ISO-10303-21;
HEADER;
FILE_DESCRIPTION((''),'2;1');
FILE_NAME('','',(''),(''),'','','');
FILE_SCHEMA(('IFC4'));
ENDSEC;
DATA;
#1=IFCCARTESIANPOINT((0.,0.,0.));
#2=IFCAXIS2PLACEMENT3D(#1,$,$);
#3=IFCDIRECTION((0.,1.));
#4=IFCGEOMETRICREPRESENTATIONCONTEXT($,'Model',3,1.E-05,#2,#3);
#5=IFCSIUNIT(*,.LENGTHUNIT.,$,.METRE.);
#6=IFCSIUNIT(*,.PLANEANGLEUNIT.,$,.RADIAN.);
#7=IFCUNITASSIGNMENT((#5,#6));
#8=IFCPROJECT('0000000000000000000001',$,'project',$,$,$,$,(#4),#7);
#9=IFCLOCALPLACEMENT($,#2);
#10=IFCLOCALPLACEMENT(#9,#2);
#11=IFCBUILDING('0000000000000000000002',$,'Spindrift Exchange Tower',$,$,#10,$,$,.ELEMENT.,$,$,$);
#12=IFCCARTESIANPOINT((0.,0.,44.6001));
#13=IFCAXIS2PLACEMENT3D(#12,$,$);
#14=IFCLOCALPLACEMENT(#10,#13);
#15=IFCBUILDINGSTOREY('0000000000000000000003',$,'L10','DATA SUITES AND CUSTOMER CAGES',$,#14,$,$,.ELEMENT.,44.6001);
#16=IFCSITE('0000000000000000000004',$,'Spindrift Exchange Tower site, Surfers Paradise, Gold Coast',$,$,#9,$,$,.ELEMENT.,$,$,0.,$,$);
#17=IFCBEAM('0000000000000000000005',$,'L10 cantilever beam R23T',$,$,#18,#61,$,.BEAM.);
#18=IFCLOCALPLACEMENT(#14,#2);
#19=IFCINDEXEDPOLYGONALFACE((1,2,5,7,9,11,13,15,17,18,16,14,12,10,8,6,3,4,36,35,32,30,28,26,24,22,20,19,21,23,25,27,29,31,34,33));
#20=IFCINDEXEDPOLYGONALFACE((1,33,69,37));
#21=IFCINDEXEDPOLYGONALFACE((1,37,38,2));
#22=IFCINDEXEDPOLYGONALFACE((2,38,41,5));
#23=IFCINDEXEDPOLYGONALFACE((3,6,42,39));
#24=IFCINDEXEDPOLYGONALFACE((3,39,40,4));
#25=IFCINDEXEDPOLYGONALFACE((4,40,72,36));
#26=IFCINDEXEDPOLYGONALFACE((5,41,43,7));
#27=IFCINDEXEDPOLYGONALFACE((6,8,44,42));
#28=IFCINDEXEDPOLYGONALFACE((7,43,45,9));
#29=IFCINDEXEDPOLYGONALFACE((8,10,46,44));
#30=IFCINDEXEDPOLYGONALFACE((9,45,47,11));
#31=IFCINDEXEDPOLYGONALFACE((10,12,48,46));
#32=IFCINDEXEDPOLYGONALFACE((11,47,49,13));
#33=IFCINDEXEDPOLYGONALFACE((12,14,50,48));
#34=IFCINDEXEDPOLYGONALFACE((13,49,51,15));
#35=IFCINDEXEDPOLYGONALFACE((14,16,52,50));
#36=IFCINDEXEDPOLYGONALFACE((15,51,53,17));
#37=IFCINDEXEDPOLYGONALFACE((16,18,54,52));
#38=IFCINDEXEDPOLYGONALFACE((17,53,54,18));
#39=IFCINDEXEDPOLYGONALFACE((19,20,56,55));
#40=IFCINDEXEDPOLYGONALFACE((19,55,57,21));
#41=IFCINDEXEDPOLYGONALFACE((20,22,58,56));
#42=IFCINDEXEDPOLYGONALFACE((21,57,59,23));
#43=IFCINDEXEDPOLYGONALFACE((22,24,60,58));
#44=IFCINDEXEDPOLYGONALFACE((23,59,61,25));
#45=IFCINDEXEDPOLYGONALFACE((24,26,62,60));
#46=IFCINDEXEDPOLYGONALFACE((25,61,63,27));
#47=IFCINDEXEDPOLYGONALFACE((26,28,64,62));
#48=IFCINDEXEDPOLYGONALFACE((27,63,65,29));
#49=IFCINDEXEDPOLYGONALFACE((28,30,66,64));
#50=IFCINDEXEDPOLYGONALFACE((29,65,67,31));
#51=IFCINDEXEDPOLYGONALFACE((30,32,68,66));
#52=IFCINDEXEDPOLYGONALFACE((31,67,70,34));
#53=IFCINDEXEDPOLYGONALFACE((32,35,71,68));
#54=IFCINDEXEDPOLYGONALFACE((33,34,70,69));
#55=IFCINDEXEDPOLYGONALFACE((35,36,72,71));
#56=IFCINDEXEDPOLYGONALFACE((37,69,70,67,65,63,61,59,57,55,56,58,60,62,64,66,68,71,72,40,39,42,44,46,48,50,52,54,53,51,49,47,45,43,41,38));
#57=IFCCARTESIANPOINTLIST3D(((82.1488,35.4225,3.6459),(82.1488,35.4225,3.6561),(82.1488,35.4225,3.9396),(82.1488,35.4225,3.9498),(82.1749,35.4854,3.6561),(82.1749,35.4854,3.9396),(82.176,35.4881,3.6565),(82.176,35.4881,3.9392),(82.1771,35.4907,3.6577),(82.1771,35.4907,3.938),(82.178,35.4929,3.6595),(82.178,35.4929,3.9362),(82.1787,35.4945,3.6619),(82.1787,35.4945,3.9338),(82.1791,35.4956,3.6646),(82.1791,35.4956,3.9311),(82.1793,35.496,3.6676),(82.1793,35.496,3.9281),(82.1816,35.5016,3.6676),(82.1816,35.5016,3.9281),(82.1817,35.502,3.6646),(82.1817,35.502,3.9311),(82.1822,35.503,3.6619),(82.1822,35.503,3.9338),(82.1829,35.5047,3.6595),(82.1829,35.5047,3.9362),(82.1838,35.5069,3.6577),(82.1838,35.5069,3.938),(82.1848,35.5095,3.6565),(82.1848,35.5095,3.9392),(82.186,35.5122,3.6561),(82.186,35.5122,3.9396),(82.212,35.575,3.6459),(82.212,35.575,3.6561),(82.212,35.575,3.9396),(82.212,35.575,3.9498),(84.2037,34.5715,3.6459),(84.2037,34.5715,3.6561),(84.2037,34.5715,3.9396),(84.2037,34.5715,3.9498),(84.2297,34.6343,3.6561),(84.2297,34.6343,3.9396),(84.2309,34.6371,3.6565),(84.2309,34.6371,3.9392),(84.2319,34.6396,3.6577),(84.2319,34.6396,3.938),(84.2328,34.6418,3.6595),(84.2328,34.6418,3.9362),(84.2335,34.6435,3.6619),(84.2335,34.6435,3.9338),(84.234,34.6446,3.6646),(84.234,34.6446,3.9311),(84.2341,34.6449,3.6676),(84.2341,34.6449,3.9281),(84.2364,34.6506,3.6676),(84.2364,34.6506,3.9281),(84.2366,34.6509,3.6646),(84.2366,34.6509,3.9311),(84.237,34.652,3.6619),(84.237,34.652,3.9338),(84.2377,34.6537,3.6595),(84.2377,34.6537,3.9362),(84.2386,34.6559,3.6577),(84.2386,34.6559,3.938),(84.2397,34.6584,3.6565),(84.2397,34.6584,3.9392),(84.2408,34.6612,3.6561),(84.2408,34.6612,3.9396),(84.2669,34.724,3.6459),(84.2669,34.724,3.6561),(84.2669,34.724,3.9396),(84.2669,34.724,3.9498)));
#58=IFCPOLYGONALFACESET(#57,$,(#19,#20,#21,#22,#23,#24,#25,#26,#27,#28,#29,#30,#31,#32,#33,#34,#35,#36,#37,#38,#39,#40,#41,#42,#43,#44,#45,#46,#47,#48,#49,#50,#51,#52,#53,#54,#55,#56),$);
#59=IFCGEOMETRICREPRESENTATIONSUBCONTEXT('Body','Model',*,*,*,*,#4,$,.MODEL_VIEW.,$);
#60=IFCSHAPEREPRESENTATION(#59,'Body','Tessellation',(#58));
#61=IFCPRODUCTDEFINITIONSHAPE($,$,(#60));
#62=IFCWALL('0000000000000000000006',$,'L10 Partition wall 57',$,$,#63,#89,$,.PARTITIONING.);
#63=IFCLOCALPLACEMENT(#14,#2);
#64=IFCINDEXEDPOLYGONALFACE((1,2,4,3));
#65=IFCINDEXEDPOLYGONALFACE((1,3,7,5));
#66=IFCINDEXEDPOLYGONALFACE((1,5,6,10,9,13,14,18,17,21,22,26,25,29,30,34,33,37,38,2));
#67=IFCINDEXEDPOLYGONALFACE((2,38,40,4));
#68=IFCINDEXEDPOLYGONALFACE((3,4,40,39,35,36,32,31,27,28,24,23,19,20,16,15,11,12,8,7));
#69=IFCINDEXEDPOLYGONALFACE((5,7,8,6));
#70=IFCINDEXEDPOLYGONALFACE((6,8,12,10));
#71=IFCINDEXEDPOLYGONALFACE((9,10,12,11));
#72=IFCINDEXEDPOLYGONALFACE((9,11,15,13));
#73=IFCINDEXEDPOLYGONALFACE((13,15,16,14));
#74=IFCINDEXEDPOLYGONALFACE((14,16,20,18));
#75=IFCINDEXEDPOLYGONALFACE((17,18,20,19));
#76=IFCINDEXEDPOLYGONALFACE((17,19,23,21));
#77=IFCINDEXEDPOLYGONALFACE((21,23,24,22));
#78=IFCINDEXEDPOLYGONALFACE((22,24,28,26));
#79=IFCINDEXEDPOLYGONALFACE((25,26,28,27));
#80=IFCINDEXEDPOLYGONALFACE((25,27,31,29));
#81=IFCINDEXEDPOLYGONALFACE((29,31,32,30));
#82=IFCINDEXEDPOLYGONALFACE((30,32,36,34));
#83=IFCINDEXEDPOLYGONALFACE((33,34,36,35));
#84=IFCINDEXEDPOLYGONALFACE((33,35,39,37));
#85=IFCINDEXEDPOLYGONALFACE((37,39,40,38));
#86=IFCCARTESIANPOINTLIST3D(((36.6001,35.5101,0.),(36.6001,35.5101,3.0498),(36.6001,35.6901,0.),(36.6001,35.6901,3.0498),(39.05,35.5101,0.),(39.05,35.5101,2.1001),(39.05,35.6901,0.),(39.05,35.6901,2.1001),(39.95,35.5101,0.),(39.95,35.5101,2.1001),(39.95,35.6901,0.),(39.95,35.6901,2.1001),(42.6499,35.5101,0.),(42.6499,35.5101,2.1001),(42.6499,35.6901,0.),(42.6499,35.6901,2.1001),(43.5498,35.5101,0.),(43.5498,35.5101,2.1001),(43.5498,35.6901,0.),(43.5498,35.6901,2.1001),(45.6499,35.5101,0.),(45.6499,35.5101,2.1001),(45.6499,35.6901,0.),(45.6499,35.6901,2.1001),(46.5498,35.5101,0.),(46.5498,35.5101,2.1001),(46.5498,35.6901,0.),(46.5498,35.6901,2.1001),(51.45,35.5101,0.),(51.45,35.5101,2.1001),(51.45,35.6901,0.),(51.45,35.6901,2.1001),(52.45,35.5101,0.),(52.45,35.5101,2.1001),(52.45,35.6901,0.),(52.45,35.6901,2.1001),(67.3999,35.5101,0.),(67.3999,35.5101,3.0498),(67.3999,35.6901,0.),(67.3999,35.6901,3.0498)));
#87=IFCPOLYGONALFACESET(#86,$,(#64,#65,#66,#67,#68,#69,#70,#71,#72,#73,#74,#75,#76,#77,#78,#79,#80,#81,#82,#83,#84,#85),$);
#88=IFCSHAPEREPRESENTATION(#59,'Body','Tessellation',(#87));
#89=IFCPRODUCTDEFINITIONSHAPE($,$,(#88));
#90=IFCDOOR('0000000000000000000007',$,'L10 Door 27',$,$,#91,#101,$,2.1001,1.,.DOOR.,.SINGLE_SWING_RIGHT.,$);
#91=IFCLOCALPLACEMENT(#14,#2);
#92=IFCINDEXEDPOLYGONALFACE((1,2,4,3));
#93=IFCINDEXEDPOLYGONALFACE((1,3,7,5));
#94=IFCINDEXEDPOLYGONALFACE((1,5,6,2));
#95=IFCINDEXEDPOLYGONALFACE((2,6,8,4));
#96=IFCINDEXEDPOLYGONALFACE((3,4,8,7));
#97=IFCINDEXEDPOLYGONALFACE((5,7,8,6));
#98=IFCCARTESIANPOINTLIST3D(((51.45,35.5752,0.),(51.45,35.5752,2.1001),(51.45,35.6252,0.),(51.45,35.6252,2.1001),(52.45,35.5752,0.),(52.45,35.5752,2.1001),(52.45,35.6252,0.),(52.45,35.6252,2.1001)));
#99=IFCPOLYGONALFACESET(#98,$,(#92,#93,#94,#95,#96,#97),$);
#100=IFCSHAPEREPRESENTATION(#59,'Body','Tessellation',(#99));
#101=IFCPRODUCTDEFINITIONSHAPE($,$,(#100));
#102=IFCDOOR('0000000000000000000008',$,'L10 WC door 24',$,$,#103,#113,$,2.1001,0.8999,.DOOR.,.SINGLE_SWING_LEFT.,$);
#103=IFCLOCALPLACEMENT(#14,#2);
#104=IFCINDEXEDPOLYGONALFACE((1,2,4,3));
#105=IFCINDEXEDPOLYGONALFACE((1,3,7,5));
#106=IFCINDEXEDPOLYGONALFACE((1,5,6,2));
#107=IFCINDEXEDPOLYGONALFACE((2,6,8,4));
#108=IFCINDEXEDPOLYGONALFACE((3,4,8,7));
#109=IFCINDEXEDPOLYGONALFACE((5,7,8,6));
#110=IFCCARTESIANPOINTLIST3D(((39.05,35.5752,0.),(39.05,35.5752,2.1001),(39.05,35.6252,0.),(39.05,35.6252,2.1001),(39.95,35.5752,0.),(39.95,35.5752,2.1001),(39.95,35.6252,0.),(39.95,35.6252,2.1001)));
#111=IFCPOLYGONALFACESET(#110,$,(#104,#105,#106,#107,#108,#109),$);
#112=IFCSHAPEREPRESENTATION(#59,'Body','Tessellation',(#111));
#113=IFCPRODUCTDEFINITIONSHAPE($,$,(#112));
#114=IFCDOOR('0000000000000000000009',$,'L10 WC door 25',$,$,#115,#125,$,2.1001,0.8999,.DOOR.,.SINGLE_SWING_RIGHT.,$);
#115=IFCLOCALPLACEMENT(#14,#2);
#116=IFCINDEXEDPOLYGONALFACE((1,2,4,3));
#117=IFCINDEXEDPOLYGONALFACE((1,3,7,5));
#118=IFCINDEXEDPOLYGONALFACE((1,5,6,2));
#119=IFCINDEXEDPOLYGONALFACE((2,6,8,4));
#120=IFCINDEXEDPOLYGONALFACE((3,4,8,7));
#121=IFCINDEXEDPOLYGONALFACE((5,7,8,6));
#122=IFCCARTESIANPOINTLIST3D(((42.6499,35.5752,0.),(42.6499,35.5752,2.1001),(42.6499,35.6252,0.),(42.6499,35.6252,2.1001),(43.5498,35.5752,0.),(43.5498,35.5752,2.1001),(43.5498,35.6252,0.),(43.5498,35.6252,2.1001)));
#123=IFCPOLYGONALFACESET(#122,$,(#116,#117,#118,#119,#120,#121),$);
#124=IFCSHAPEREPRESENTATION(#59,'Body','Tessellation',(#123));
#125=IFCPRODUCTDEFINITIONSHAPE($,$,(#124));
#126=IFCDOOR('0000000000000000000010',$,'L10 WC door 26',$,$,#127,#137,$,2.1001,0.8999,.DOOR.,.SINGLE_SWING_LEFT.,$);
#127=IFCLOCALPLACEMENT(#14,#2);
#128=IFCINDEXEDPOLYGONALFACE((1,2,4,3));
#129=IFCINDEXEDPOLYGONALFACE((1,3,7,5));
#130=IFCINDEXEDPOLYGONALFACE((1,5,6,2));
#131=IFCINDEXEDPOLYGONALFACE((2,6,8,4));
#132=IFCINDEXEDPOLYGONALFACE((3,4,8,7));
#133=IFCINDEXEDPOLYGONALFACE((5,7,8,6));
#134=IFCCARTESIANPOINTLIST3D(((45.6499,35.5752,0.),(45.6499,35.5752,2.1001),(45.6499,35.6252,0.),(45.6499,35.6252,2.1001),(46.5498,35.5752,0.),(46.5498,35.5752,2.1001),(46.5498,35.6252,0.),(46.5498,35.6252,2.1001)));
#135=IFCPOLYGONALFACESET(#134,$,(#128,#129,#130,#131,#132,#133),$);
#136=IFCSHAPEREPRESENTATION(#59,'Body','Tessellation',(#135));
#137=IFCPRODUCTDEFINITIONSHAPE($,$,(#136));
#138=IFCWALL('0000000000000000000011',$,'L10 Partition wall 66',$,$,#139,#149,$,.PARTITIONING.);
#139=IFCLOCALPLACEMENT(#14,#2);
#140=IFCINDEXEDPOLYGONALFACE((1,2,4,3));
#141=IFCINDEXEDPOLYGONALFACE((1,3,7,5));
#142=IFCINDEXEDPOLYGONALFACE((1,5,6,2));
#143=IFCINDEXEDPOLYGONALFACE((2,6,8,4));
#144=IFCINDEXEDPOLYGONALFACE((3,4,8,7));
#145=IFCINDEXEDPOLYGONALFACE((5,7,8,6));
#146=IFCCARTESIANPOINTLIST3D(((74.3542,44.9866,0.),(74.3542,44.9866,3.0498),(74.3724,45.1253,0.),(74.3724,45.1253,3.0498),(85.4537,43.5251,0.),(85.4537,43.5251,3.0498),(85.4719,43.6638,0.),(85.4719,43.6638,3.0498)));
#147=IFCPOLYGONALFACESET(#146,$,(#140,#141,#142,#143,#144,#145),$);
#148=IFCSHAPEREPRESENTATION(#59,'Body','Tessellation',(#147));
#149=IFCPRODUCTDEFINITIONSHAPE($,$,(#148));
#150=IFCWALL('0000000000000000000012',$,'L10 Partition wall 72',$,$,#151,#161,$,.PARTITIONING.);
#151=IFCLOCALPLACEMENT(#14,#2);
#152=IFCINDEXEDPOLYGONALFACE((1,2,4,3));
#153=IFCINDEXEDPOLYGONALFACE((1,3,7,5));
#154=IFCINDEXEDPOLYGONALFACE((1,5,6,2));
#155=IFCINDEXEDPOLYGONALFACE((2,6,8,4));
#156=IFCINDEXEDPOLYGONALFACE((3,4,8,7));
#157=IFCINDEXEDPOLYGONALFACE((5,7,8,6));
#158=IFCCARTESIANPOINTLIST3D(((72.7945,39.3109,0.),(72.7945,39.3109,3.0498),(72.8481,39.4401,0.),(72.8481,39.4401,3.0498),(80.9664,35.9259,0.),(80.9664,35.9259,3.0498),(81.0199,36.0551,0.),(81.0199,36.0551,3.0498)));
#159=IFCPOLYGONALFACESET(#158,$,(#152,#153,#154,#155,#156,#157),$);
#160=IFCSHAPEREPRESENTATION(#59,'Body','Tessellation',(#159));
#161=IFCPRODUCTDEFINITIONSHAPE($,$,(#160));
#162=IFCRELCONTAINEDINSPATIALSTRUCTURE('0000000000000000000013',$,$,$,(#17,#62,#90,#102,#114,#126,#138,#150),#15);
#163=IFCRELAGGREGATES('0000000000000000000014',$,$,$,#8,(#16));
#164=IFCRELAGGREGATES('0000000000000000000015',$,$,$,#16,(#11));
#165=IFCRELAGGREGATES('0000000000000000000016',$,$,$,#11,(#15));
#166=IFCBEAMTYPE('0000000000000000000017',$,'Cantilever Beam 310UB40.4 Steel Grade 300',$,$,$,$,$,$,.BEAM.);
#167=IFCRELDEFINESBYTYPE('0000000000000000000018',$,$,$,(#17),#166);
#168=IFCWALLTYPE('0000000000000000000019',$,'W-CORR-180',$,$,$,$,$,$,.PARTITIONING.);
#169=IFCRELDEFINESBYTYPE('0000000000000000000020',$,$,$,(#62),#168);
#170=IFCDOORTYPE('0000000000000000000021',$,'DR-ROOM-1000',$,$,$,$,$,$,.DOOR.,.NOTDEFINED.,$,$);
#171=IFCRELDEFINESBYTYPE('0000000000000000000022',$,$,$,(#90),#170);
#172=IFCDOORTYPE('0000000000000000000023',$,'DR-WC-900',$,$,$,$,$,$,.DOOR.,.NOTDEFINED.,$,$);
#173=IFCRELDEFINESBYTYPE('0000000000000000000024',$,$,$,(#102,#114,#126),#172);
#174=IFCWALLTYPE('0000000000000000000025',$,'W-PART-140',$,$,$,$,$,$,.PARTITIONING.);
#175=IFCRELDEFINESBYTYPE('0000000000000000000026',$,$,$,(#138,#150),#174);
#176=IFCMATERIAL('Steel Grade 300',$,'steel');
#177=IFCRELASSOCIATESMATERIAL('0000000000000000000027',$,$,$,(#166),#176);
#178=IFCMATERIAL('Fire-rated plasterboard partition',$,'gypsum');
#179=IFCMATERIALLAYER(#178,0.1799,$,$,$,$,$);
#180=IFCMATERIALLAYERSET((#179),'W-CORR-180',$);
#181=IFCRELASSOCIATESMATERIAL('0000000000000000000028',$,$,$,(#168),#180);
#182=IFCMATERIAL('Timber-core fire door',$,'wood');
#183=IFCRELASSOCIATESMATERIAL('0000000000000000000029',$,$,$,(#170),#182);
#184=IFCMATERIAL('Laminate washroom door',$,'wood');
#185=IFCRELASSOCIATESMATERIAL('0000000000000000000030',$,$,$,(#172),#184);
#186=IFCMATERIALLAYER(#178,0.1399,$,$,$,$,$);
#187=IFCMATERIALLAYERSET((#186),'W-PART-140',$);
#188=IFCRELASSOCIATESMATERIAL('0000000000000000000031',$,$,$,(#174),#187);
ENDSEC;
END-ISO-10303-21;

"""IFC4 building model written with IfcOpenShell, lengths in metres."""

from ifc_helpers import new_model, si_unit, direction, frame, frame_2d, origin, origin_2d, place, context, subcontext, project, spatial, rectangle, i_section, extrude, source, transform, mapped, material, layer, layer_set, material_profile, profile_set, type_object, element, fill, save


model = new_model("IFC4")

# Units and contexts
model_context = context("Model", 3, precision=1e-05, world=origin(), true_north=direction((0.0, 1.0)))
body_context = subcontext(model_context, "Body", "Model", "MODEL_VIEW")
ifc_project = project(units=[si_unit("LENGTHUNIT", "METRE"), si_unit("PLANEANGLEUNIT", "RADIAN")], contexts=[model_context])

# Site, building, storey
site_placement = place(None, origin())
site = spatial("IfcSite", under=ifc_project, at=site_placement, Name="Spindrift Exchange Tower site, Surfers Paradise, Gold Coast", CompositionType="ELEMENT", RefElevation=0.0)
building_placement = place(site_placement, origin())
building = spatial("IfcBuilding", under=site, at=building_placement, Name="Spindrift Exchange Tower", CompositionType="ELEMENT")
storey_placement = place(building_placement, frame((0.0, 0.0, 44.6001)))
storey = spatial("IfcBuildingStorey", under=building, at=storey_placement, Name="L10", Description="DATA SUITES AND CUSTOMER CAGES", CompositionType="ELEMENT", Elevation=44.6001)

# Beam
ifc_material_1 = material(Name="Steel Grade 300", Category="steel")
ifc_material_profile_1 = material_profile(ifc_material_1, i_section(OverallWidth=0.165, OverallDepth=0.304, WebThickness=0.0061, FlangeThickness=0.0103, FilletRadius=0.0115, at=origin_2d()), Name="310UB40.4")
ifc_profile_set_1 = profile_set([ifc_material_profile_1], Name="Steel Grade 300")
beam_type_1 = type_object("IfcBeamType", Name="Cantilever Beam 310UB40.4 Steel Grade 300", PredefinedType="BEAM", material=ifc_profile_set_1)
shared_shape_1 = source(origin(), body_context, "Body", "SweptSolid", [
    extrude(i_section(OverallWidth=0.165, OverallDepth=0.304, WebThickness=0.0061, FlangeThickness=0.0103, FilletRadius=0.0115, at=origin_2d()), origin(), (0.0, 0.0, 1.0), 2.2241),
])
beam_1_placement = place(storey_placement, frame((82.1804, 35.4988, 3.7979), z_axis=(0.923896, -0.382643, 0.0), x_axis=(0.382643, 0.923896, 0.0)))
element("IfcBeam", 1, at=beam_1_placement, inside=storey, type_object=beam_type_1, Name="L10 cantilever beam R23T", PredefinedType="BEAM", context=body_context, shape_type="MappedRepresentation", body=[
    mapped(shared_shape_1, transform((0.0, 0.0, 0.0), scale=1.0)),
])

# Wall, openings, doors
ifc_material_2 = material(Name="Fire-rated plasterboard partition", Category="gypsum")
ifc_layer_1 = layer(ifc_material_2, 0.1799)
ifc_layer_set_1 = layer_set([ifc_layer_1], Name="W-CORR-180")
wall_type_1 = type_object("IfcWallType", Name="W-CORR-180", PredefinedType="PARTITIONING", material=ifc_layer_set_1)
wall_1_placement = place(storey_placement, frame((67.3999, 35.6001, 0.0), z_axis=(0.0, 0.0, 1.0), x_axis=(-1.0, 0.0, 0.0)))
wall_1 = element("IfcWall", 2, at=wall_1_placement, inside=storey, type_object=wall_type_1, Name="L10 Partition wall 57", PredefinedType="PARTITIONING", context=body_context, shape_type="SweptSolid", body=[
    extrude(rectangle(XDim=30.7998, YDim=0.1799, at=frame_2d((15.3999, 0.0))), origin(), (0.0, 0.0, 1.0), 3.0498),
])
opening_1_placement = place(wall_1_placement, frame((27.45, 0.0, 0.0)))
opening_1 = element("IfcOpeningElement", 3, at=opening_1_placement, cuts=wall_1, PredefinedType="OPENING", context=body_context, shape_type="SweptSolid", body=[
    extrude(rectangle(XDim=0.8999, YDim=2.1001, at=frame_2d((0.45, 1.05))), frame((0.0, 0.0999, 0.0), z_axis=(0.0, -1.0, 0.0), x_axis=(1.0, 0.0, 0.0)), (0.0, 0.0, 1.0), 0.2),
])
opening_2_placement = place(wall_1_placement, frame((23.8501, 0.0, 0.0)))
opening_2 = element("IfcOpeningElement", 4, at=opening_2_placement, cuts=wall_1, PredefinedType="OPENING", context=body_context, shape_type="SweptSolid", body=[
    extrude(rectangle(XDim=0.8999, YDim=2.1001, at=frame_2d((0.45, 1.05))), frame((0.0, 0.0999, 0.0), z_axis=(0.0, -1.0, 0.0), x_axis=(1.0, 0.0, 0.0)), (0.0, 0.0, 1.0), 0.2),
])
opening_3_placement = place(wall_1_placement, frame((20.8501, 0.0, 0.0)))
opening_3 = element("IfcOpeningElement", 5, at=opening_3_placement, cuts=wall_1, PredefinedType="OPENING", context=body_context, shape_type="SweptSolid", body=[
    extrude(rectangle(XDim=0.8999, YDim=2.1001, at=frame_2d((0.45, 1.05))), frame((0.0, 0.0999, 0.0), z_axis=(0.0, -1.0, 0.0), x_axis=(1.0, 0.0, 0.0)), (0.0, 0.0, 1.0), 0.2),
])
opening_4_placement = place(wall_1_placement, frame((14.95, 0.0, 0.0)))
opening_4 = element("IfcOpeningElement", 6, at=opening_4_placement, cuts=wall_1, PredefinedType="OPENING", context=body_context, shape_type="SweptSolid", body=[
    extrude(rectangle(XDim=1.0, YDim=2.1001, at=frame_2d((0.5, 1.05))), frame((0.0, 0.0999, 0.0), z_axis=(0.0, -1.0, 0.0), x_axis=(1.0, 0.0, 0.0)), (0.0, 0.0, 1.0), 0.2),
])
ifc_material_3 = material(Name="Timber-core fire door", Category="wood")
door_type_1 = type_object("IfcDoorType", Name="DR-ROOM-1000", OperationType="NOTDEFINED", PredefinedType="DOOR", material=ifc_material_3)
shared_shape_2 = source(origin(), body_context, "Body", "SweptSolid", [
    extrude(rectangle(XDim=1.0, YDim=2.1001, at=frame_2d((0.5, 1.05))), frame((0.0, 0.0249, 0.0), z_axis=(0.0, -1.0, 0.0), x_axis=(1.0, 0.0, 0.0)), (0.0, 0.0, 1.0), 0.05),
])
door_1_placement = place(opening_4_placement, origin())
door_1 = element("IfcDoor", 7, at=door_1_placement, inside=storey, type_object=door_type_1, Name="L10 Door 27", OperationType="SINGLE_SWING_RIGHT", OverallHeight=2.1001, OverallWidth=1.0, PredefinedType="DOOR", context=body_context, shape_type="MappedRepresentation", body=[
    mapped(shared_shape_2, transform((0.0, 0.0, 0.0), scale=1.0)),
])
fill(opening_4, door_1)
ifc_material_4 = material(Name="Laminate washroom door", Category="wood")
door_type_2 = type_object("IfcDoorType", Name="DR-WC-900", OperationType="NOTDEFINED", PredefinedType="DOOR", material=ifc_material_4)
shared_shape_3 = source(origin(), body_context, "Body", "SweptSolid", [
    extrude(rectangle(XDim=0.8999, YDim=2.1001, at=frame_2d((0.45, 1.05))), frame((0.0, 0.0249, 0.0), z_axis=(0.0, -1.0, 0.0), x_axis=(1.0, 0.0, 0.0)), (0.0, 0.0, 1.0), 0.05),
])
door_2_placement = place(opening_1_placement, origin())
door_2 = element("IfcDoor", 8, at=door_2_placement, inside=storey, type_object=door_type_2, Name="L10 WC door 24", OperationType="SINGLE_SWING_LEFT", OverallHeight=2.1001, OverallWidth=0.8999, PredefinedType="DOOR", context=body_context, shape_type="MappedRepresentation", body=[
    mapped(shared_shape_3, transform((0.0, 0.0, 0.0), scale=1.0)),
])
fill(opening_1, door_2)
door_3_placement = place(opening_2_placement, origin())
door_3 = element("IfcDoor", 9, at=door_3_placement, inside=storey, type_object=door_type_2, Name="L10 WC door 25", OperationType="SINGLE_SWING_RIGHT", OverallHeight=2.1001, OverallWidth=0.8999, PredefinedType="DOOR", context=body_context, shape_type="MappedRepresentation", body=[
    mapped(shared_shape_3, transform((0.0, 0.0, 0.0), scale=1.0)),
])
fill(opening_2, door_3)
door_4_placement = place(opening_3_placement, origin())
door_4 = element("IfcDoor", 10, at=door_4_placement, inside=storey, type_object=door_type_2, Name="L10 WC door 26", OperationType="SINGLE_SWING_LEFT", OverallHeight=2.1001, OverallWidth=0.8999, PredefinedType="DOOR", context=body_context, shape_type="MappedRepresentation", body=[
    mapped(shared_shape_3, transform((0.0, 0.0, 0.0), scale=1.0)),
])
fill(opening_3, door_4)

# Walls
ifc_layer_2 = layer(ifc_material_2, 0.1399)
ifc_layer_set_2 = layer_set([ifc_layer_2], Name="W-PART-140")
wall_type_2 = type_object("IfcWallType", Name="W-PART-140", PredefinedType="PARTITIONING", material=ifc_layer_set_2)
wall_2_placement = place(storey_placement, frame((74.3633, 45.0559, 0.0), z_axis=(0.0, 0.0, 1.0), x_axis=(0.991443, -0.130538, 0.0)))
element("IfcWall", 11, at=wall_2_placement, inside=storey, type_object=wall_type_2, Name="L10 Partition wall 66", PredefinedType="PARTITIONING", context=body_context, shape_type="SweptSolid", body=[
    extrude(rectangle(XDim=11.1953, YDim=0.1399, at=frame_2d((5.5977, 0.0))), origin(), (0.0, 0.0, 1.0), 3.0498),
])
wall_3_placement = place(storey_placement, frame((72.8213, 39.3755, 0.0), z_axis=(0.0, 0.0, 1.0), x_axis=(0.923875, -0.382694, 0.0)))
element("IfcWall", 12, at=wall_3_placement, inside=storey, type_object=wall_type_2, Name="L10 Partition wall 72", PredefinedType="PARTITIONING", context=body_context, shape_type="SweptSolid", body=[
    extrude(rectangle(XDim=8.8452, YDim=0.1399, at=frame_2d((4.4226, 0.0))), origin(), (0.0, 0.0, 1.0), 3.0498),
])

save(model, "model.ifc")
